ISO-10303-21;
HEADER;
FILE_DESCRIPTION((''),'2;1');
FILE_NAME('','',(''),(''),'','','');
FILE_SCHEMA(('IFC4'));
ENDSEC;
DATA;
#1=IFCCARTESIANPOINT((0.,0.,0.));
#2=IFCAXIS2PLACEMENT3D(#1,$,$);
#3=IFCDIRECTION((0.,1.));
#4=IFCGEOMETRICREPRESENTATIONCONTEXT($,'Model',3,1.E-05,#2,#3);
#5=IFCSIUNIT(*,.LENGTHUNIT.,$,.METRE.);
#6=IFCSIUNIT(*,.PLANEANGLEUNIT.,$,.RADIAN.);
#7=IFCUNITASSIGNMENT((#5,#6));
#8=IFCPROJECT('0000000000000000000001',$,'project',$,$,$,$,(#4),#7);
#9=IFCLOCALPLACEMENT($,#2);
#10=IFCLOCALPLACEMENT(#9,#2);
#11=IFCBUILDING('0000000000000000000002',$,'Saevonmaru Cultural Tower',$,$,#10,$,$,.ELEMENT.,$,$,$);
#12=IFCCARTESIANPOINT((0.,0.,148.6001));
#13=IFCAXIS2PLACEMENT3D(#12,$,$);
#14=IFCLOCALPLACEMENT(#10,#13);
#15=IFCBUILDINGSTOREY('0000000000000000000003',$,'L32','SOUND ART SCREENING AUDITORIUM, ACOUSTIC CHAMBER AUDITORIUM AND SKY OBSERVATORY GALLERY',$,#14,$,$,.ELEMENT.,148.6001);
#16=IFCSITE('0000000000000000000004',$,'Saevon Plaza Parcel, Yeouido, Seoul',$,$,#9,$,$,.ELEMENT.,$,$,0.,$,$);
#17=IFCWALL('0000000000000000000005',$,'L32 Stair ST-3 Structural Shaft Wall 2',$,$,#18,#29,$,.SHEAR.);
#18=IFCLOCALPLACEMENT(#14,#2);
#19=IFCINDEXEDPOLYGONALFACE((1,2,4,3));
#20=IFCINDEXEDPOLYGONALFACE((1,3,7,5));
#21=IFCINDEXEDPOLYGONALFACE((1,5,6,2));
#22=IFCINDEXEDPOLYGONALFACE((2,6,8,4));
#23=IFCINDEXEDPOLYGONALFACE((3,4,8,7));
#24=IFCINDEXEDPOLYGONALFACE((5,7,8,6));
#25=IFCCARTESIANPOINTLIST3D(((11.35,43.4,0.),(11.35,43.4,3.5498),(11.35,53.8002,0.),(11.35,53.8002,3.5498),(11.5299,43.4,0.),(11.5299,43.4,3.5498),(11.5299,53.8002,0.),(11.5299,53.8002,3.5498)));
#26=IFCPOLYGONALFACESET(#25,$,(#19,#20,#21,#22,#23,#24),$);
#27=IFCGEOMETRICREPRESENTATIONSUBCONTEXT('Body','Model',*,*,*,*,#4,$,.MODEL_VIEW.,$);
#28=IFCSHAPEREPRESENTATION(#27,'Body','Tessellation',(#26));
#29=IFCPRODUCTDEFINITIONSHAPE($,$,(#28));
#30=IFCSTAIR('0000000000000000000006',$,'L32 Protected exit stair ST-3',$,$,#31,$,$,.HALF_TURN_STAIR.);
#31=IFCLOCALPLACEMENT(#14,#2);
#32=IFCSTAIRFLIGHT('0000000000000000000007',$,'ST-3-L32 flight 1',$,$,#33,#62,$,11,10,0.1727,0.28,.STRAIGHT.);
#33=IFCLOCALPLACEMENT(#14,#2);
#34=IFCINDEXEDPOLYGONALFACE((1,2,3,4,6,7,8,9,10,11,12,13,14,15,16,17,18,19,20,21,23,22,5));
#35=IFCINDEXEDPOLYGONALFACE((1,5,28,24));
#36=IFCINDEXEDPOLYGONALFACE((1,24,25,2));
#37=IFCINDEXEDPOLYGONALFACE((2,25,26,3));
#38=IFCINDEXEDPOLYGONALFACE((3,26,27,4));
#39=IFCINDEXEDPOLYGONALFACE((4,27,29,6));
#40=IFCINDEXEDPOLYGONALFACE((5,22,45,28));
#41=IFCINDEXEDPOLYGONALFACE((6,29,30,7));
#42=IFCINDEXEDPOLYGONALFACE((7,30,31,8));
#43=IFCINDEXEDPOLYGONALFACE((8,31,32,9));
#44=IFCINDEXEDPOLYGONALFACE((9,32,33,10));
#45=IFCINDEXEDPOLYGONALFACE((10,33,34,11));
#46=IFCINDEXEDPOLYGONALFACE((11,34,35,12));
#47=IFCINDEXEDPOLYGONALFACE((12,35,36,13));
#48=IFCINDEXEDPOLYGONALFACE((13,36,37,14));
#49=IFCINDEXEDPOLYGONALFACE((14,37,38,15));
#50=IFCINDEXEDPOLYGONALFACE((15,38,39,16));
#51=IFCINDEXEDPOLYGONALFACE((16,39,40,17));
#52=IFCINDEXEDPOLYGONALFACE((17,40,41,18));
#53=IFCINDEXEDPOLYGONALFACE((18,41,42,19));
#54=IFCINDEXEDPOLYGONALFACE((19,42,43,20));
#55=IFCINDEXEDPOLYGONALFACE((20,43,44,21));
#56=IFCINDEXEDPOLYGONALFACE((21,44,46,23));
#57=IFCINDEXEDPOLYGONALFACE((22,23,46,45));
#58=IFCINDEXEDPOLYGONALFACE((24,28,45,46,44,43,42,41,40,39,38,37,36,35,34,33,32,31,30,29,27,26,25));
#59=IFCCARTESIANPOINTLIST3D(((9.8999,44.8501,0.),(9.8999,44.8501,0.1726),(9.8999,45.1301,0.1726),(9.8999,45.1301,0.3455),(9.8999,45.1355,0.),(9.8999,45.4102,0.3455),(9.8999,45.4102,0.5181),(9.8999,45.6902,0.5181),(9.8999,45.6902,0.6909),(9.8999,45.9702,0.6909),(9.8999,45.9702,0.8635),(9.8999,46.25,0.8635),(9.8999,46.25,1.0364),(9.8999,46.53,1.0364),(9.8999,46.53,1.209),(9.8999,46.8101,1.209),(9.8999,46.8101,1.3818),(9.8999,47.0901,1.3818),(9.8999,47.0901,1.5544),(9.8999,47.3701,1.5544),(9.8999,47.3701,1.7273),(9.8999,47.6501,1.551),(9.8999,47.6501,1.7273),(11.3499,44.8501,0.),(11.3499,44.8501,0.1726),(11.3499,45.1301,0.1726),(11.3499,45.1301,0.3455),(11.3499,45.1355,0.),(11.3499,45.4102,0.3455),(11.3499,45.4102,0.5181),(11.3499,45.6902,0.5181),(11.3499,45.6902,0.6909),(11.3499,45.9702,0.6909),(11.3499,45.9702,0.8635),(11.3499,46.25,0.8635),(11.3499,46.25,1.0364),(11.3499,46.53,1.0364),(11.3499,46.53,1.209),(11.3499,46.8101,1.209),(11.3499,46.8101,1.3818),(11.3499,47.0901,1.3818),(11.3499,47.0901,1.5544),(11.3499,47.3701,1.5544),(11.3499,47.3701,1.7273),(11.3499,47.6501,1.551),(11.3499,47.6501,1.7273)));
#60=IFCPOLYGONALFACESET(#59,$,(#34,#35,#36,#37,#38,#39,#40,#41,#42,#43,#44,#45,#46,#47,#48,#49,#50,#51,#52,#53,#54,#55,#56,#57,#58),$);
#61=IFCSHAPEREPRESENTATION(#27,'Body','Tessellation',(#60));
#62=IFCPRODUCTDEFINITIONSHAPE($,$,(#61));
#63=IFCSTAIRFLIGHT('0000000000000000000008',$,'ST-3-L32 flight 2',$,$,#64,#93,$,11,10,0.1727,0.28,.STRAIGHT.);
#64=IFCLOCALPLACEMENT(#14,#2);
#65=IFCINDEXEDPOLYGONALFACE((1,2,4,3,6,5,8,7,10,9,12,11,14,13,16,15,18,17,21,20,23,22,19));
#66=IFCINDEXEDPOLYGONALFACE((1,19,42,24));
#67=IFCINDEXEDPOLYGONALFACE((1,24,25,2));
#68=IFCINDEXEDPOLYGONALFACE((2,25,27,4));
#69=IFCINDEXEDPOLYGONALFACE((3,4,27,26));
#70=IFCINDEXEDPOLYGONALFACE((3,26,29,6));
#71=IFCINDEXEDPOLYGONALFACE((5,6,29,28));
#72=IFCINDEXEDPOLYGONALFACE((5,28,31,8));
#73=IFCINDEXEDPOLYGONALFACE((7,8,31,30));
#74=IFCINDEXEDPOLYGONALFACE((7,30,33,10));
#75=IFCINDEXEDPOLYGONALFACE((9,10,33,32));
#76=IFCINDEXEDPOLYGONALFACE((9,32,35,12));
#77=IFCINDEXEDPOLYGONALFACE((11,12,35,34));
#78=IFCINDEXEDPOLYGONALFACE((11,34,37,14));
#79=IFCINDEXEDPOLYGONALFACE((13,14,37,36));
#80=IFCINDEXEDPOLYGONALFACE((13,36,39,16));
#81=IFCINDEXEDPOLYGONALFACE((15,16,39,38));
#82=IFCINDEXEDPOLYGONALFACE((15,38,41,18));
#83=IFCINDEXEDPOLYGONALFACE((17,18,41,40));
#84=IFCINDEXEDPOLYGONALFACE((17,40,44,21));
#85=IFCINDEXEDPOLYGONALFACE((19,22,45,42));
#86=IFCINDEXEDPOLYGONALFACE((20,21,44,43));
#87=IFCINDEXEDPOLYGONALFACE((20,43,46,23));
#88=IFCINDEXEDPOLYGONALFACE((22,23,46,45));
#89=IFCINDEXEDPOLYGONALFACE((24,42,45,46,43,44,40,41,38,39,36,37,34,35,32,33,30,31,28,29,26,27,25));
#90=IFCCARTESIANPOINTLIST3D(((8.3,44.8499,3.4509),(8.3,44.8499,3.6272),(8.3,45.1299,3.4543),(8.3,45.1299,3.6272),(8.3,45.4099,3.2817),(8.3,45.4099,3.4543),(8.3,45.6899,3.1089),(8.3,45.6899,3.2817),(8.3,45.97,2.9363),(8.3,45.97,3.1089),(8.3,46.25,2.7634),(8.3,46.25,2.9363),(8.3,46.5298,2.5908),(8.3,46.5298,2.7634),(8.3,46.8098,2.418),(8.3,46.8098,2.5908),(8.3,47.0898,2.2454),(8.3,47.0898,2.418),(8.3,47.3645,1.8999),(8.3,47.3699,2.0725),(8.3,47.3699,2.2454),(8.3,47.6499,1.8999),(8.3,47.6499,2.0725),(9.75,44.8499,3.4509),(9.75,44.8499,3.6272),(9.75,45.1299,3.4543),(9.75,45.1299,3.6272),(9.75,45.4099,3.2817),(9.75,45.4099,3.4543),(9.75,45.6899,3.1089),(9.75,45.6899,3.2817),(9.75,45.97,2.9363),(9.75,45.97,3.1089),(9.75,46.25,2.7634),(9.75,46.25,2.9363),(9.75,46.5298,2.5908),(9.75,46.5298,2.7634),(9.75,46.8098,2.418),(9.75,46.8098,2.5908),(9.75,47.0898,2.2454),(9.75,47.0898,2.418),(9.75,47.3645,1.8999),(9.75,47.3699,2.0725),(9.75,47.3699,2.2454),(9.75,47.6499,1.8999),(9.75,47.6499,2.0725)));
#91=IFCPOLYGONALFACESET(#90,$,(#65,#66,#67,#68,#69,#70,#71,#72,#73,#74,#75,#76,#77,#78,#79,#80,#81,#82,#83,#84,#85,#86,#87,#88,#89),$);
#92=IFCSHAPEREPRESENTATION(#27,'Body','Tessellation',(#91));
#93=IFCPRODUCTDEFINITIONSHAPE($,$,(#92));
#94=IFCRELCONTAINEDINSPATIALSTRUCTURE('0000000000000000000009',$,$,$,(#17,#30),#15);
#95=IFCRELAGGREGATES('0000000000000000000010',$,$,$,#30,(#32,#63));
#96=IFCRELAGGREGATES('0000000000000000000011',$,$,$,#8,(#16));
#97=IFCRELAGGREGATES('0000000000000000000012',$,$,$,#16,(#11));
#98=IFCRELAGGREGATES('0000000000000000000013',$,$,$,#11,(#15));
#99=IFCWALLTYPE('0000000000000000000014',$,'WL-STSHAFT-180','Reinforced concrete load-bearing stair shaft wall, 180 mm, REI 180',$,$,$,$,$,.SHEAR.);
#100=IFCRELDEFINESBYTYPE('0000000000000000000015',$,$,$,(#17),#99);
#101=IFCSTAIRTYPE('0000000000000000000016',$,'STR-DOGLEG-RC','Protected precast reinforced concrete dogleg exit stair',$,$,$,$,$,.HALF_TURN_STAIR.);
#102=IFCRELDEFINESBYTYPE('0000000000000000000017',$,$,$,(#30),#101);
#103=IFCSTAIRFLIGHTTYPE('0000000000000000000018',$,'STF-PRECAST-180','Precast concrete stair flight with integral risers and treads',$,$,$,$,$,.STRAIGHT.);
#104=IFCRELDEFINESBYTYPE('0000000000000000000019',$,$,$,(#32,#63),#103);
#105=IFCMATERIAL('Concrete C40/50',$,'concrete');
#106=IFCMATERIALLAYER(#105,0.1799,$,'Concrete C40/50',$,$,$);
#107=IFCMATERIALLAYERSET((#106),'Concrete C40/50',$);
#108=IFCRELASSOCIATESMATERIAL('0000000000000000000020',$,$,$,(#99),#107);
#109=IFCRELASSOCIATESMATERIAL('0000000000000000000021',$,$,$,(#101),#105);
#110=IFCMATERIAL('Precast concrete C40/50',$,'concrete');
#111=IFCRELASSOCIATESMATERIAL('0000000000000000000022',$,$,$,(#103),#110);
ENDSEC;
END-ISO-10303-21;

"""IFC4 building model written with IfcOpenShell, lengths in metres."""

from ifc_helpers import new_model, si_unit, direction, frame, frame_2d, origin, place, context, subcontext, project, spatial, polyline, rectangle, outline, extrude, material, layer, layer_set, type_object, element, aggregate, save


model = new_model("IFC4")

# Units and contexts
model_context = context("Model", 3, precision=1e-05, world=origin(), true_north=direction((0.0, 1.0)))
body_context = subcontext(model_context, "Body", "Model", "MODEL_VIEW")
ifc_project = project(units=[si_unit("LENGTHUNIT", "METRE"), si_unit("PLANEANGLEUNIT", "RADIAN")], contexts=[model_context])

# Site, building, storey
site_placement = place(None, origin())
site = spatial("IfcSite", under=ifc_project, at=site_placement, Name="Saevon Plaza Parcel, Yeouido, Seoul", CompositionType="ELEMENT", RefElevation=0.0)
building_placement = place(site_placement, origin())
building = spatial("IfcBuilding", under=site, at=building_placement, Name="Saevonmaru Cultural Tower", CompositionType="ELEMENT")
storey_placement = place(building_placement, frame((0.0, 0.0, 148.6001)))
storey = spatial("IfcBuildingStorey", under=building, at=storey_placement, Name="L32", Description="SOUND ART SCREENING AUDITORIUM, ACOUSTIC CHAMBER AUDITORIUM AND SKY OBSERVATORY GALLERY", CompositionType="ELEMENT", Elevation=148.6001)

# Shared definitions
ifc_material_1 = material(Name="Concrete C40/50", Category="concrete")
ifc_layer_1 = layer(ifc_material_1, 0.1799, Name="Concrete C40/50")
ifc_layer_set_1 = layer_set([ifc_layer_1], Name="Concrete C40/50")
wall_type_1 = type_object("IfcWallType", Name="WL-STSHAFT-180", Description="Reinforced concrete load-bearing stair shaft wall, 180 mm, REI 180", PredefinedType="SHEAR", material=ifc_layer_set_1)

# Wall
wall_1_placement = place(storey_placement, frame((11.4399, 43.3999, 0.0), z_axis=(0.0, 0.0, 1.0), x_axis=(0.0, 1.0, 0.0)))
element("IfcWall", 1, at=wall_1_placement, inside=storey, type_object=wall_type_1, Name="L32 Stair ST-3 Structural Shaft Wall 2", PredefinedType="SHEAR", context=body_context, shape_type="SweptSolid", body=[
    extrude(rectangle(XDim=10.4001, YDim=0.1799, at=frame_2d((5.2002, 0.0))), origin(), (0.0, 0.0, 1.0), 3.5498),
])

# Stair, stair flights
stair_type = type_object("IfcStairType", Name="STR-DOGLEG-RC", Description="Protected precast reinforced concrete dogleg exit stair", PredefinedType="HALF_TURN_STAIR", material=ifc_material_1)
stair_placement = place(storey_placement, origin())
stair = element("IfcStair", 2, at=stair_placement, inside=storey, type_object=stair_type, Name="L32 Protected exit stair ST-3", PredefinedType="HALF_TURN_STAIR")
ifc_material_2 = material(Name="Precast concrete C40/50", Category="concrete")
stair_flight_type = type_object("IfcStairFlightType", Name="STF-PRECAST-180", Description="Precast concrete stair flight with integral risers and treads", PredefinedType="STRAIGHT", material=ifc_material_2)
stair_flight_1_placement = place(storey_placement, frame((10.625, 44.8501, 0.0), z_axis=(0.0, 0.0, 1.0), x_axis=(0.0, 1.0, 0.0)))
stair_flight_1 = element("IfcStairFlight", 3, at=stair_flight_1_placement, type_object=stair_flight_type, Name="ST-3-L32 flight 1", NumberOfRisers=11, NumberOfTreads=10, PredefinedType="STRAIGHT", RiserHeight=0.1727, TreadLength=0.28, context=body_context, shape_type="SweptSolid", body=[
    extrude(outline(polyline([(0.0, 0.0), (0.0, 0.1726), (0.28, 0.1726), (0.28, 0.3455), (0.5601, 0.3455), (0.5601, 0.5181), (0.8401, 0.5181), (0.8401, 0.6909), (1.1201, 0.6909), (1.1201, 0.8635), (1.3999, 0.8635), (1.3999, 1.0364), (1.6799, 1.0364), (1.6799, 1.209), (1.96, 1.209), (1.96, 1.3818), (2.24, 1.3818), (2.24, 1.5544), (2.52, 1.5544), (2.52, 1.7273), (2.8, 1.7273), (2.8, 1.8999), (2.8, 1.551), (0.2854, 0.0), (0.0, 0.0)])), frame((0.0, 0.7251, 0.0), z_axis=(0.0, -1.0, 0.0), x_axis=(1.0, 0.0, 0.0)), (0.0, 0.0, 1.0), 1.45),
])
stair_flight_2_placement = place(storey_placement, frame((9.0249, 47.6499, 1.8999), z_axis=(0.0, 0.0, 1.0), x_axis=(0.0, -1.0, 0.0)))
stair_flight_2 = element("IfcStairFlight", 4, at=stair_flight_2_placement, type_object=stair_flight_type, Name="ST-3-L32 flight 2", NumberOfRisers=11, NumberOfTreads=10, PredefinedType="STRAIGHT", RiserHeight=0.1727, TreadLength=0.28, context=body_context, shape_type="SweptSolid", body=[
    extrude(outline(polyline([(0.0, 0.0), (0.0, 0.1726), (0.28, 0.1726), (0.28, 0.3455), (0.5601, 0.3455), (0.5601, 0.5181), (0.8401, 0.5181), (0.8401, 0.6909), (1.1201, 0.6909), (1.1201, 0.8635), (1.3999, 0.8635), (1.3999, 1.0364), (1.6799, 1.0364), (1.6799, 1.209), (1.96, 1.209), (1.96, 1.3818), (2.24, 1.3818), (2.24, 1.5544), (2.52, 1.5544), (2.52, 1.7273), (2.8, 1.7273), (2.8, 1.8999), (2.8, 1.551), (0.2854, 0.0), (0.0, 0.0)])), frame((0.0, 0.7251, 0.0), z_axis=(0.0, -1.0, 0.0), x_axis=(1.0, 0.0, 0.0)), (0.0, 0.0, 1.0), 1.45),
])
aggregate(stair, [stair_flight_1, stair_flight_2])

save(model, "model.ifc")
